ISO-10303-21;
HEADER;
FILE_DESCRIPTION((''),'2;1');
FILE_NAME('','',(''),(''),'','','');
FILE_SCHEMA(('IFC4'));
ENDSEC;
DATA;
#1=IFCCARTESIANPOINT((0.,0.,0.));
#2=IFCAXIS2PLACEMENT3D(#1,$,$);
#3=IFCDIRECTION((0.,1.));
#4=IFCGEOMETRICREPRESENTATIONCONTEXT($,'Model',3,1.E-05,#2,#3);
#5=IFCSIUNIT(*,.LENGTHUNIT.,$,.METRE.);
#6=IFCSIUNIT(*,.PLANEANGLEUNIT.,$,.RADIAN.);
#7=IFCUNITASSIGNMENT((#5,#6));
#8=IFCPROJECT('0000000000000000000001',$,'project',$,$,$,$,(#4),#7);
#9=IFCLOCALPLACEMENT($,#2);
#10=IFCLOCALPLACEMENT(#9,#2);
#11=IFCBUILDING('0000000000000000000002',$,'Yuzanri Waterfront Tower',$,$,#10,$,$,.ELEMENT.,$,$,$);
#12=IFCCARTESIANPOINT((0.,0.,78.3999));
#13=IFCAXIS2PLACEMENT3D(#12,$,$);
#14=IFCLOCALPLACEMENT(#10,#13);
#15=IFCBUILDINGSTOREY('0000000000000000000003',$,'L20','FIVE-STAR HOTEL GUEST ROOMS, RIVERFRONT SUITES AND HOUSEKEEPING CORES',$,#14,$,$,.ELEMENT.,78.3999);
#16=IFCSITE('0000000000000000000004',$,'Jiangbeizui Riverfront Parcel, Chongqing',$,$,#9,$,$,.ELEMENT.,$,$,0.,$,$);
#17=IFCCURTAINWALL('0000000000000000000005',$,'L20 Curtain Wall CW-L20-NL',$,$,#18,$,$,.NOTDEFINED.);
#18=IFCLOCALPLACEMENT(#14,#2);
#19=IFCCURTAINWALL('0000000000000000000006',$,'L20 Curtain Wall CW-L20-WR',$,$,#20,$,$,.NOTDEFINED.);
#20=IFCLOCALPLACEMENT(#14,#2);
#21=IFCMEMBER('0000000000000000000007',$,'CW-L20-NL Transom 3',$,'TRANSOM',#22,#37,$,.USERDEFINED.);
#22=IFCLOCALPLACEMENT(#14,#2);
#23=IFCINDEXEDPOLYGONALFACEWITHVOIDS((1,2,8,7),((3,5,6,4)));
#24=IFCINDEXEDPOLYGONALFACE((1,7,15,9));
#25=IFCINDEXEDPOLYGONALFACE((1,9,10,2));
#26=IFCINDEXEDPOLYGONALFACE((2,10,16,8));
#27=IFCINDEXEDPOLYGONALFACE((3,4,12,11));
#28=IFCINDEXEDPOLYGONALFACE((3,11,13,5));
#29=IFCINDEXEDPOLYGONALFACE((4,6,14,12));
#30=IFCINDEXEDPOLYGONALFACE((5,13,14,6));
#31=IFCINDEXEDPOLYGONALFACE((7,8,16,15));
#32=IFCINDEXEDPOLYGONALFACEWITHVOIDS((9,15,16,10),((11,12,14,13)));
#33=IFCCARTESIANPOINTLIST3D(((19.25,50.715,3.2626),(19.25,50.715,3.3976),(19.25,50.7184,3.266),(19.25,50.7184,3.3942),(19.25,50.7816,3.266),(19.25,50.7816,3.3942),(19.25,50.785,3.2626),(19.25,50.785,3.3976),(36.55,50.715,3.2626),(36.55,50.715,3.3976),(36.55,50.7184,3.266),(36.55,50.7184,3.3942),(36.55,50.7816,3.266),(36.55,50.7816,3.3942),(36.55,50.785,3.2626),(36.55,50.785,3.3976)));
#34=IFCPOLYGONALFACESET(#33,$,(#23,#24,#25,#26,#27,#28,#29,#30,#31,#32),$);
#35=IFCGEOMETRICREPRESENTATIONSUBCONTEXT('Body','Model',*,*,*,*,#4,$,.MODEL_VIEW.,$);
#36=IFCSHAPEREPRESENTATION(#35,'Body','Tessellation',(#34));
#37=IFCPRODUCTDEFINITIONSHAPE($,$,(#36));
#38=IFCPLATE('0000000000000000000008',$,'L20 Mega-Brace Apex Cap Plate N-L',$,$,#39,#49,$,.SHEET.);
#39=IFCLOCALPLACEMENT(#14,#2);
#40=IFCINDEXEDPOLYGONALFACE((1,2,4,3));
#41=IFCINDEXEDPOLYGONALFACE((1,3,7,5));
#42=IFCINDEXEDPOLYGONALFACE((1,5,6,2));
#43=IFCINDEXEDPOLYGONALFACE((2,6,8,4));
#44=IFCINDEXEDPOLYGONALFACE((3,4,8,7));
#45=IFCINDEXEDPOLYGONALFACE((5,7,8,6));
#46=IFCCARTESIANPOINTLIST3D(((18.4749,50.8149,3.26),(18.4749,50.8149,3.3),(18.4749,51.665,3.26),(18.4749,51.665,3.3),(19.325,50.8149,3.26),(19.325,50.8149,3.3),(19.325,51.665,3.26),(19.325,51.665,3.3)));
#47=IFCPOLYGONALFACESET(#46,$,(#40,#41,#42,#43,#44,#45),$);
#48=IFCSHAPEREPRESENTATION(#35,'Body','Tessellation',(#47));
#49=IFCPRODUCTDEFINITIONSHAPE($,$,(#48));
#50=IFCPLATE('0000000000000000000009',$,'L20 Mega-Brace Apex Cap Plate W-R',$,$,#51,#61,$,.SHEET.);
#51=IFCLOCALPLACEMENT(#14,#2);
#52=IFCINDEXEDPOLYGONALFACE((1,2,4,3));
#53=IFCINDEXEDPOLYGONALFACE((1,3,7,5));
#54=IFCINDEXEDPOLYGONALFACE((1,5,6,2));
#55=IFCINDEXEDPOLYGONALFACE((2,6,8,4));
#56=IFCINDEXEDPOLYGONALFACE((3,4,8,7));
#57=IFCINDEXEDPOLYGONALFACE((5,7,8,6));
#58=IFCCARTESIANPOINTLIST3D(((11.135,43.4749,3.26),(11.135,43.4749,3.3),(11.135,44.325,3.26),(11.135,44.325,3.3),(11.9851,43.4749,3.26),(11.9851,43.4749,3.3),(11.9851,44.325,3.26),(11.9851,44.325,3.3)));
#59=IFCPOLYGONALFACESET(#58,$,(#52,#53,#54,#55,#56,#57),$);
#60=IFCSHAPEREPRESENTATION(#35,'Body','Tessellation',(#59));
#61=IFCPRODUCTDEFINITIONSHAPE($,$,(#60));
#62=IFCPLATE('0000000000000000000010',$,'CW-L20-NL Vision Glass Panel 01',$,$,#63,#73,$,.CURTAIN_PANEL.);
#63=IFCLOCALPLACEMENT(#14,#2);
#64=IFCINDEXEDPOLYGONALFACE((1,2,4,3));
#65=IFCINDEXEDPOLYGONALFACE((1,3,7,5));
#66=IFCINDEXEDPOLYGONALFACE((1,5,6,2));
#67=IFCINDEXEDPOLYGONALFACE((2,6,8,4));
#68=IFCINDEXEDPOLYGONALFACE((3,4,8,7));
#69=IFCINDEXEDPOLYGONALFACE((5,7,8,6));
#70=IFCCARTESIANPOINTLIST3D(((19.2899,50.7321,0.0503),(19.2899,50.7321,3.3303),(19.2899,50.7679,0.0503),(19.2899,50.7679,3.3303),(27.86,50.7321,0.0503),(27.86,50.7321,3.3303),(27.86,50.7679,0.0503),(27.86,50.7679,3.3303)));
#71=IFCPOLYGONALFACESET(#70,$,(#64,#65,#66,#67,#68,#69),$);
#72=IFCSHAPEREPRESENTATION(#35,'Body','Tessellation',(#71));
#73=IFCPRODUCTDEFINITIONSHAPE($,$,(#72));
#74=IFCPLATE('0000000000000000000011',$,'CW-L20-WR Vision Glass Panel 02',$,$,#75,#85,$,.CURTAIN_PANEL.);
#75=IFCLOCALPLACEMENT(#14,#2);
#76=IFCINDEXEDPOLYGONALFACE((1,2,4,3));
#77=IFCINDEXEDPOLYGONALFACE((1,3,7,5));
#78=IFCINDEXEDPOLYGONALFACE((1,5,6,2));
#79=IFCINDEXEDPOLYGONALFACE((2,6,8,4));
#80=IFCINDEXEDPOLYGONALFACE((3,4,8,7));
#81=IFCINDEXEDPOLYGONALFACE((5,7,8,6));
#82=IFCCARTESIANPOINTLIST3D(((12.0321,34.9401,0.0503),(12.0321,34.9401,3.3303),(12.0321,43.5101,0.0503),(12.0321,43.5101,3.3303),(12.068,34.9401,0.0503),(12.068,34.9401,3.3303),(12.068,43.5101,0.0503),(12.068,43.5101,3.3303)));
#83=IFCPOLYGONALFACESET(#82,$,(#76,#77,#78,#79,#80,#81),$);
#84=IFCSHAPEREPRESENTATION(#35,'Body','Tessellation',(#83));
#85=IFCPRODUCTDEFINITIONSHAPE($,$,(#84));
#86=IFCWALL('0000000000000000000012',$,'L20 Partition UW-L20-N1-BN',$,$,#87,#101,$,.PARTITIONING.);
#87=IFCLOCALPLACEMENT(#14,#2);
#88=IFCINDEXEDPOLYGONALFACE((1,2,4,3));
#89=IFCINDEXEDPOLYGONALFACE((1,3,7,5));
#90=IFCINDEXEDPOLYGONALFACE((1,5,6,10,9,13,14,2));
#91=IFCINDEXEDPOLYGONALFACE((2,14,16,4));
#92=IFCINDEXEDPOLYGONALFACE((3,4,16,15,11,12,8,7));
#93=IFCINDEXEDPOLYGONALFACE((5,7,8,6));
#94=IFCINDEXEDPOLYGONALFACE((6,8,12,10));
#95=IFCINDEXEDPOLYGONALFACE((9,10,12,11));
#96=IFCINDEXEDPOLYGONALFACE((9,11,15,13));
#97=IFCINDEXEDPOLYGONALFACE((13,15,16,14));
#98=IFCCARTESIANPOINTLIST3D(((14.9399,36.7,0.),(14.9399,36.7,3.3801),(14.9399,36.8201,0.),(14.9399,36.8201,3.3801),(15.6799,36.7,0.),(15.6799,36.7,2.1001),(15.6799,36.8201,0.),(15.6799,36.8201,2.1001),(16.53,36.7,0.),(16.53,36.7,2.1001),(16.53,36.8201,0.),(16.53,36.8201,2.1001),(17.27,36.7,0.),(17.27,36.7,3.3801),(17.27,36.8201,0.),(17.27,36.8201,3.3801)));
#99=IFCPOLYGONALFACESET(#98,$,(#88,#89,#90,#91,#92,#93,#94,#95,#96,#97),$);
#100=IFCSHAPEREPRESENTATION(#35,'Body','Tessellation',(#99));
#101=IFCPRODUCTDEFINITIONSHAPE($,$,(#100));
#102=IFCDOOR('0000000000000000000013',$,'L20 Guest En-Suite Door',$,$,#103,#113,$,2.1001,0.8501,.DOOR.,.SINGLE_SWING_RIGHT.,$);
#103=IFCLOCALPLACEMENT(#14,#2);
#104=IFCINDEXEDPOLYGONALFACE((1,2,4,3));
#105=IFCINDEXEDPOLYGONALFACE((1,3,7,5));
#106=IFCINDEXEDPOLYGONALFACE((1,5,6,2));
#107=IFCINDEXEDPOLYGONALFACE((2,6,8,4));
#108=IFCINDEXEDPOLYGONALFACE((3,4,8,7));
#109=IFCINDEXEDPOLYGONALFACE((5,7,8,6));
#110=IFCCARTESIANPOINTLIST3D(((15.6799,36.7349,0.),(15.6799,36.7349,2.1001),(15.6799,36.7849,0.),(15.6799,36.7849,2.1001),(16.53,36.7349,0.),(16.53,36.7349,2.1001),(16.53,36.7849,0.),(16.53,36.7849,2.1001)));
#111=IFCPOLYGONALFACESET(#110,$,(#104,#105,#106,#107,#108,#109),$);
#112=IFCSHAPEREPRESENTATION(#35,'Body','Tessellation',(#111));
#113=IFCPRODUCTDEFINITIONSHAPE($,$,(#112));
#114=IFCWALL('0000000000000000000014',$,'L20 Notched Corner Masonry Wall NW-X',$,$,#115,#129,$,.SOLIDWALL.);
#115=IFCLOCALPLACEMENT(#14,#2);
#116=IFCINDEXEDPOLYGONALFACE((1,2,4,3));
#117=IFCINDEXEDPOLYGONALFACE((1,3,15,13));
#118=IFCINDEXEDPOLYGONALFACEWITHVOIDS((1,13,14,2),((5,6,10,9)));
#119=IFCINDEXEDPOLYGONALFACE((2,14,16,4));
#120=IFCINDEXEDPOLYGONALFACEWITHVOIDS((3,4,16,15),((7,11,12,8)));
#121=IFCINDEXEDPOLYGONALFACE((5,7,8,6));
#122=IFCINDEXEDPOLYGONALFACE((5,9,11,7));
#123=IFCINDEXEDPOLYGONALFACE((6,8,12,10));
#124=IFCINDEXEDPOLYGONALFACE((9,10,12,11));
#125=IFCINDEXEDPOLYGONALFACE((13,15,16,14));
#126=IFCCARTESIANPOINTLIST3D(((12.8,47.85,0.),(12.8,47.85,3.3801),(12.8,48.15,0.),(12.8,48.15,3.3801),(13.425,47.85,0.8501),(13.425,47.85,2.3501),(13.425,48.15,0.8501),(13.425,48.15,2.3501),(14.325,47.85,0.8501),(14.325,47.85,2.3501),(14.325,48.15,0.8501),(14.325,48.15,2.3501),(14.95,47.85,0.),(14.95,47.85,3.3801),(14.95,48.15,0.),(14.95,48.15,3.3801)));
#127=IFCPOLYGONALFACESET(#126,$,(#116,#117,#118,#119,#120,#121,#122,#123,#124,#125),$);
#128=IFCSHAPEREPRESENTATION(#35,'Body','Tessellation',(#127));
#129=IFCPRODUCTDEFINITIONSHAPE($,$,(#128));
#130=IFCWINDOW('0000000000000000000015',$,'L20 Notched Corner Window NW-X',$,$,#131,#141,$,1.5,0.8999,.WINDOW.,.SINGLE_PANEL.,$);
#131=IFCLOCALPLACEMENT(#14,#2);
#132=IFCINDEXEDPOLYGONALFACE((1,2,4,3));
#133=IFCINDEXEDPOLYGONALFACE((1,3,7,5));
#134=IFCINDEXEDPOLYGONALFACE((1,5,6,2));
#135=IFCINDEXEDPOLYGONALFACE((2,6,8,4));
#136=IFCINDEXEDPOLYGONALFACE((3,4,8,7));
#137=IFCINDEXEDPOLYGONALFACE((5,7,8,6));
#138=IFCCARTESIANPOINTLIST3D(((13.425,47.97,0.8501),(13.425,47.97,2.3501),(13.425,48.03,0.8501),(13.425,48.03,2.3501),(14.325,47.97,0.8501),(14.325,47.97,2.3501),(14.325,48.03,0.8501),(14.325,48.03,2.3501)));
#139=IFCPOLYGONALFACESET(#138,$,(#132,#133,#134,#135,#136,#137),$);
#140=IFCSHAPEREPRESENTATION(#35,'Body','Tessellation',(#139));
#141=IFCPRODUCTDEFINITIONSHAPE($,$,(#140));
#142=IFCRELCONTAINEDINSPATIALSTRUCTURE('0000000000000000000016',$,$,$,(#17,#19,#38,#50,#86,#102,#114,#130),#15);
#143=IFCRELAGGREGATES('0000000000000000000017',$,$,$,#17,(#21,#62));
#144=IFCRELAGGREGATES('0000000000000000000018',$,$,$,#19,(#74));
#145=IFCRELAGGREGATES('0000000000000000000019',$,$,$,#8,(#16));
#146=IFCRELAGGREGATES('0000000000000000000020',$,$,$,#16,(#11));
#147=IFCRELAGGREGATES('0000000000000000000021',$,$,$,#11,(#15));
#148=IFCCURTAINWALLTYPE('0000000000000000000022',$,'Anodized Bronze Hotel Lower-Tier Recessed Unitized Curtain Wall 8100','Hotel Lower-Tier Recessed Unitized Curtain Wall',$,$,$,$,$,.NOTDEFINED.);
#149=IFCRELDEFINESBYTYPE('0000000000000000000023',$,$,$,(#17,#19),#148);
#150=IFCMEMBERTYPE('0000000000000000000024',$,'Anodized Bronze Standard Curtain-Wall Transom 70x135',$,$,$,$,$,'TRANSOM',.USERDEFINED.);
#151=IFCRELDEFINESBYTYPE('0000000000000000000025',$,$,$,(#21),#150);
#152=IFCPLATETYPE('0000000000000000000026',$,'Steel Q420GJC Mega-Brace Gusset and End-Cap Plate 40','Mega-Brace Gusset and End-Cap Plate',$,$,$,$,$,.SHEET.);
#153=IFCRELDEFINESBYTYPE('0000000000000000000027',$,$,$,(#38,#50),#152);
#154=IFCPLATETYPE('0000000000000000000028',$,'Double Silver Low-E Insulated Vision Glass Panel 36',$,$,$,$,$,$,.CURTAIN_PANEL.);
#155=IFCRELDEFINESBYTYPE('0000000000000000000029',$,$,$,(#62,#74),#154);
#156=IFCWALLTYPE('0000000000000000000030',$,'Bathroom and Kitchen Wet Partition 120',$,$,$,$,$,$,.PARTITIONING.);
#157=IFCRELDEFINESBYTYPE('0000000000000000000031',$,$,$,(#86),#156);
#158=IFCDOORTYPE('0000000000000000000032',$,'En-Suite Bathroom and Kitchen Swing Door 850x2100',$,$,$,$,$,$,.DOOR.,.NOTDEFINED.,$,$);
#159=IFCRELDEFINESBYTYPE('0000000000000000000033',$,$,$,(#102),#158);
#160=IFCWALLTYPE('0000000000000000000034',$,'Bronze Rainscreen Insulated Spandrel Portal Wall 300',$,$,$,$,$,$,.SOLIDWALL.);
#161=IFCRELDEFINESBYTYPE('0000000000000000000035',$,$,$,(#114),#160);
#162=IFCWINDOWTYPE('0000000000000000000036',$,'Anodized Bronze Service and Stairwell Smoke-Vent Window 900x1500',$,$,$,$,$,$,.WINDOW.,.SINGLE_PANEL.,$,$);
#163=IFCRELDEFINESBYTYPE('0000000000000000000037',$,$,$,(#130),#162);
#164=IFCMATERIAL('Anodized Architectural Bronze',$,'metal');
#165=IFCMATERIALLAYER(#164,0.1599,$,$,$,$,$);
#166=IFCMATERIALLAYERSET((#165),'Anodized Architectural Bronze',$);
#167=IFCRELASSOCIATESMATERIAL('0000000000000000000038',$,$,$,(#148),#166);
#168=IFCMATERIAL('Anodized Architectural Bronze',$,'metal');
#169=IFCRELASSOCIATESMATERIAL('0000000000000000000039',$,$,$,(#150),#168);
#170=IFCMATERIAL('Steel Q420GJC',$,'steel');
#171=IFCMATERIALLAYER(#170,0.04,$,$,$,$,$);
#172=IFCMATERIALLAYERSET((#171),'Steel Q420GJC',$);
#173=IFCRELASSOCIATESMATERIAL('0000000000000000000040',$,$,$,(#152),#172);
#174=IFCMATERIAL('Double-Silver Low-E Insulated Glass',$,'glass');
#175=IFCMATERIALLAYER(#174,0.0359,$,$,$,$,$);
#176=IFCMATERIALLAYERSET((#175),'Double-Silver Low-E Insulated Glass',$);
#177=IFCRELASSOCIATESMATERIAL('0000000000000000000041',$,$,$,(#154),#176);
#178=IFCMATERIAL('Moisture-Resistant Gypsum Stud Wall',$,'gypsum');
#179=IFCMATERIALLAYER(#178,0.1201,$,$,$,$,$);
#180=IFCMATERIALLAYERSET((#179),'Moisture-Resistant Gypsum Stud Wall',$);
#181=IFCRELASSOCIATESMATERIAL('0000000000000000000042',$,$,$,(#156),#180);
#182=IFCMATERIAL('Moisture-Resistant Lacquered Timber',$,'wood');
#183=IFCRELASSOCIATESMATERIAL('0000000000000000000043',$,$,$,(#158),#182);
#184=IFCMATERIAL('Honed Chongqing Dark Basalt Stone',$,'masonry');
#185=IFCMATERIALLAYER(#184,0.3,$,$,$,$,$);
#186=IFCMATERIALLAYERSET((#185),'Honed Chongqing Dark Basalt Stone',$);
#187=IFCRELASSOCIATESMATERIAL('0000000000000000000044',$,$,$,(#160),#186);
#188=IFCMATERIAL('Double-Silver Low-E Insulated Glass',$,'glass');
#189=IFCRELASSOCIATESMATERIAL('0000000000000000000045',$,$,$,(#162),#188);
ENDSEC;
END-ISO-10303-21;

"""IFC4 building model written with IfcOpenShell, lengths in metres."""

from ifc_helpers import new_model, si_unit, direction, frame, frame_2d, origin, origin_2d, place, context, subcontext, project, spatial, rectangle, hollow_rectangle, extrude, source, transform, mapped, material, layer, layer_set, material_profile, profile_set, type_object, element, fill, aggregate, save


model = new_model("IFC4")

# Units and contexts
model_context = context("Model", 3, precision=1e-05, world=origin(), true_north=direction((0.0, 1.0)))
body_context = subcontext(model_context, "Body", "Model", "MODEL_VIEW")
ifc_project = project(units=[si_unit("LENGTHUNIT", "METRE"), si_unit("PLANEANGLEUNIT", "RADIAN")], contexts=[model_context])

# Site, building, storey
site_placement = place(None, origin())
site = spatial("IfcSite", under=ifc_project, at=site_placement, Name="Jiangbeizui Riverfront Parcel, Chongqing", CompositionType="ELEMENT", RefElevation=0.0)
building_placement = place(site_placement, origin())
building = spatial("IfcBuilding", under=site, at=building_placement, Name="Yuzanri Waterfront Tower", CompositionType="ELEMENT")
storey_placement = place(building_placement, frame((0.0, 0.0, 78.3999)))
storey = spatial("IfcBuildingStorey", under=building, at=storey_placement, Name="L20", Description="FIVE-STAR HOTEL GUEST ROOMS, RIVERFRONT SUITES AND HOUSEKEEPING CORES", CompositionType="ELEMENT", Elevation=78.3999)

# Curtain walls
ifc_material_1 = material(Name="Anodized Architectural Bronze", Category="metal")
ifc_layer_1 = layer(ifc_material_1, 0.1599)
ifc_layer_set_1 = layer_set([ifc_layer_1], Name="Anodized Architectural Bronze")
curtain_wall_type = type_object("IfcCurtainWallType", Name="Anodized Bronze Hotel Lower-Tier Recessed Unitized Curtain Wall 8100", Description="Hotel Lower-Tier Recessed Unitized Curtain Wall", PredefinedType="NOTDEFINED", material=ifc_layer_set_1)
curtain_wall_1_placement = place(storey_placement, origin())
curtain_wall_1 = element("IfcCurtainWall", 1, at=curtain_wall_1_placement, inside=storey, type_object=curtain_wall_type, Name="L20 Curtain Wall CW-L20-NL", PredefinedType="NOTDEFINED")
curtain_wall_2_placement = place(storey_placement, origin())
curtain_wall_2 = element("IfcCurtainWall", 2, at=curtain_wall_2_placement, inside=storey, type_object=curtain_wall_type, Name="L20 Curtain Wall CW-L20-WR", PredefinedType="NOTDEFINED")

# Member
ifc_material_2 = material(Name="Anodized Architectural Bronze", Category="metal")
ifc_material_profile_1 = material_profile(ifc_material_2, hollow_rectangle(XDim=0.0701, YDim=0.135, WallThickness=0.0034, at=origin_2d()), Name="CWT 70x135")
ifc_profile_set_1 = profile_set([ifc_material_profile_1], Name="Anodized Architectural Bronze")
member_type_1 = type_object("IfcMemberType", Name="Anodized Bronze Standard Curtain-Wall Transom 70x135", ElementType="TRANSOM", PredefinedType="USERDEFINED", material=ifc_profile_set_1)
shared_shape_1 = source(origin(), body_context, "Body", "SweptSolid", [
    extrude(hollow_rectangle(XDim=0.0701, YDim=0.135, WallThickness=0.0034, at=origin_2d()), origin(), (0.0, 0.0, 1.0), 17.3),
])
member_1_placement = place(storey_placement, frame((19.25, 50.75, 3.3301), z_axis=(1.0, 0.0, 0.0), x_axis=(0.0, 1.0, 0.0)))
member_1 = element("IfcMember", 3, at=member_1_placement, type_object=member_type_1, Name="CW-L20-NL Transom 3", ObjectType="TRANSOM", PredefinedType="USERDEFINED", context=body_context, shape_type="MappedRepresentation", body=[
    mapped(shared_shape_1, transform((0.0, 0.0, 0.0), scale=1.0)),
])

# Plates
ifc_material_3 = material(Name="Steel Q420GJC", Category="steel")
ifc_layer_2 = layer(ifc_material_3, 0.04)
ifc_layer_set_2 = layer_set([ifc_layer_2], Name="Steel Q420GJC")
plate_type_1 = type_object("IfcPlateType", Name="Steel Q420GJC Mega-Brace Gusset and End-Cap Plate 40", Description="Mega-Brace Gusset and End-Cap Plate", PredefinedType="SHEET", material=ifc_layer_set_2)
shared_shape_2 = source(origin(), body_context, "Body", "SweptSolid", [
    extrude(rectangle(XDim=0.8501, YDim=0.8501, at=origin_2d()), origin(), (0.0, 0.0, 1.0), 0.04),
])
for number, where, z_axis, x_axis, name in (
    (4, (18.8999, 51.24, 3.26), (0.0, 0.0, 1.0), (1.0, 0.0, 0.0), "L20 Mega-Brace Apex Cap Plate N-L"),
    (5, (11.5601, 43.8999, 3.26), (0.0, 0.0, 1.0), (1.0, 0.0, 0.0), "L20 Mega-Brace Apex Cap Plate W-R"),
):
    element("IfcPlate", number, at=place(storey_placement, frame(where, z_axis=z_axis, x_axis=x_axis)), inside=storey, type_object=plate_type_1, Name=name, PredefinedType="SHEET", context=body_context, shape_type="MappedRepresentation", body=[
        mapped(shared_shape_2, transform((0.0, 0.0, 0.0), scale=1.0)),
    ])

# Plates
ifc_material_4 = material(Name="Double-Silver Low-E Insulated Glass", Category="glass")
ifc_layer_3 = layer(ifc_material_4, 0.0359)
ifc_layer_set_3 = layer_set([ifc_layer_3], Name="Double-Silver Low-E Insulated Glass")
plate_type_2 = type_object("IfcPlateType", Name="Double Silver Low-E Insulated Vision Glass Panel 36", PredefinedType="CURTAIN_PANEL", material=ifc_layer_set_3)
shared_shape_3 = source(origin(), body_context, "Body", "SweptSolid", [
    extrude(rectangle(XDim=8.5701, YDim=0.0359, at=origin_2d()), origin(), (0.0, 0.0, 1.0), 3.28),
])
plate_1_placement = place(storey_placement, frame((23.575, 50.75, 0.0503), z_axis=(0.0, 0.0, 1.0), x_axis=(1.0, 0.0, 0.0)))
plate_1 = element("IfcPlate", 6, at=plate_1_placement, type_object=plate_type_2, Name="CW-L20-NL Vision Glass Panel 01", PredefinedType="CURTAIN_PANEL", context=body_context, shape_type="MappedRepresentation", body=[
    mapped(shared_shape_3, transform((0.0, 0.0, 0.0), scale=1.0)),
])
aggregate(curtain_wall_1, [member_1, plate_1])
plate_2_placement = place(storey_placement, frame((12.05, 39.2251, 0.0503), z_axis=(0.0, 0.0, 1.0), x_axis=(0.0, 1.0, 0.0)))
plate_2 = element("IfcPlate", 7, at=plate_2_placement, type_object=plate_type_2, Name="CW-L20-WR Vision Glass Panel 02", PredefinedType="CURTAIN_PANEL", context=body_context, shape_type="MappedRepresentation", body=[
    mapped(shared_shape_3, transform((0.0, 0.0, 0.0), scale=1.0)),
])
aggregate(curtain_wall_2, [plate_2])

# Wall, opening, door
ifc_material_5 = material(Name="Moisture-Resistant Gypsum Stud Wall", Category="gypsum")
ifc_layer_4 = layer(ifc_material_5, 0.1201)
ifc_layer_set_4 = layer_set([ifc_layer_4], Name="Moisture-Resistant Gypsum Stud Wall")
wall_type_1 = type_object("IfcWallType", Name="Bathroom and Kitchen Wet Partition 120", PredefinedType="PARTITIONING", material=ifc_layer_set_4)
wall_1_placement = place(storey_placement, frame((14.9399, 36.76, 0.0), z_axis=(0.0, 0.0, 1.0), x_axis=(1.0, 0.0, 0.0)))
wall_1 = element("IfcWall", 8, at=wall_1_placement, inside=storey, type_object=wall_type_1, Name="L20 Partition UW-L20-N1-BN", PredefinedType="PARTITIONING", context=body_context, shape_type="SweptSolid", body=[
    extrude(rectangle(XDim=2.3301, YDim=0.1201, at=frame_2d((1.165, 0.0))), origin(), (0.0, 0.0, 1.0), 3.3801),
])
opening_1_placement = place(wall_1_placement, frame((0.74, 0.0, 0.0)))
opening_1 = element("IfcOpeningElement", 9, at=opening_1_placement, cuts=wall_1, PredefinedType="OPENING", context=body_context, shape_type="SweptSolid", body=[
    extrude(rectangle(XDim=0.8501, YDim=2.1001, at=frame_2d((0.425, 1.05))), frame((0.0, 0.075, 0.0), z_axis=(0.0, -1.0, 0.0), x_axis=(1.0, 0.0, 0.0)), (0.0, 0.0, 1.0), 0.1499),
])
ifc_material_6 = material(Name="Moisture-Resistant Lacquered Timber", Category="wood")
door_type = type_object("IfcDoorType", Name="En-Suite Bathroom and Kitchen Swing Door 850x2100", OperationType="NOTDEFINED", PredefinedType="DOOR", material=ifc_material_6)
shared_shape_4 = source(origin(), body_context, "Body", "SweptSolid", [
    extrude(rectangle(XDim=0.8501, YDim=2.1001, at=frame_2d((0.425, 1.05))), frame((0.0, 0.0249, 0.0), z_axis=(0.0, -1.0, 0.0), x_axis=(1.0, 0.0, 0.0)), (0.0, 0.0, 1.0), 0.05),
])
door_placement = place(opening_1_placement, origin())
door = element("IfcDoor", 10, at=door_placement, inside=storey, type_object=door_type, Name="L20 Guest En-Suite Door", OperationType="SINGLE_SWING_RIGHT", OverallHeight=2.1001, OverallWidth=0.8501, PredefinedType="DOOR", context=body_context, shape_type="MappedRepresentation", body=[
    mapped(shared_shape_4, transform((0.0, 0.0, 0.0), scale=1.0)),
])
fill(opening_1, door)

# Wall, opening, window
ifc_material_7 = material(Name="Honed Chongqing Dark Basalt Stone", Category="masonry")
ifc_layer_5 = layer(ifc_material_7, 0.3)
ifc_layer_set_5 = layer_set([ifc_layer_5], Name="Honed Chongqing Dark Basalt Stone")
wall_type_2 = type_object("IfcWallType", Name="Bronze Rainscreen Insulated Spandrel Portal Wall 300", PredefinedType="SOLIDWALL", material=ifc_layer_set_5)
wall_2_placement = place(storey_placement, frame((14.95, 48.0, 0.0), z_axis=(0.0, 0.0, 1.0), x_axis=(-1.0, 0.0, 0.0)))
wall_2 = element("IfcWall", 11, at=wall_2_placement, inside=storey, type_object=wall_type_2, Name="L20 Notched Corner Masonry Wall NW-X", PredefinedType="SOLIDWALL", context=body_context, shape_type="SweptSolid", body=[
    extrude(rectangle(XDim=2.1499, YDim=0.3, at=frame_2d((1.075, 0.0))), origin(), (0.0, 0.0, 1.0), 3.3801),
])
opening_2_placement = place(wall_2_placement, frame((0.625, 0.0, 0.8501)))
opening_2 = element("IfcOpeningElement", 12, at=opening_2_placement, cuts=wall_2, PredefinedType="OPENING", context=body_context, shape_type="SweptSolid", body=[
    extrude(rectangle(XDim=0.8999, YDim=1.5, at=frame_2d((0.45, 0.75))), frame((0.0, 0.165, 0.0), z_axis=(0.0, -1.0, 0.0), x_axis=(1.0, 0.0, 0.0)), (0.0, 0.0, 1.0), 0.3298),
])
ifc_material_8 = material(Name="Double-Silver Low-E Insulated Glass", Category="glass")
window_type_1 = type_object("IfcWindowType", Name="Anodized Bronze Service and Stairwell Smoke-Vent Window 900x1500", PartitioningType="SINGLE_PANEL", PredefinedType="WINDOW", material=ifc_material_8)
shared_shape_5 = source(origin(), body_context, "Body", "SweptSolid", [
    extrude(rectangle(XDim=0.8999, YDim=1.5, at=frame_2d((0.45, 0.75))), frame((0.0, 0.03, 0.0), z_axis=(0.0, -1.0, 0.0), x_axis=(1.0, 0.0, 0.0)), (0.0, 0.0, 1.0), 0.0601),
])
window_1_placement = place(opening_2_placement, origin())
window_1 = element("IfcWindow", 13, at=window_1_placement, inside=storey, type_object=window_type_1, Name="L20 Notched Corner Window NW-X", OverallHeight=1.5, OverallWidth=0.8999, PartitioningType="SINGLE_PANEL", PredefinedType="WINDOW", context=body_context, shape_type="MappedRepresentation", body=[
    mapped(shared_shape_5, transform((0.0, 0.0, 0.0), scale=1.0)),
])
fill(opening_2, window_1)

save(model, "model.ifc")
